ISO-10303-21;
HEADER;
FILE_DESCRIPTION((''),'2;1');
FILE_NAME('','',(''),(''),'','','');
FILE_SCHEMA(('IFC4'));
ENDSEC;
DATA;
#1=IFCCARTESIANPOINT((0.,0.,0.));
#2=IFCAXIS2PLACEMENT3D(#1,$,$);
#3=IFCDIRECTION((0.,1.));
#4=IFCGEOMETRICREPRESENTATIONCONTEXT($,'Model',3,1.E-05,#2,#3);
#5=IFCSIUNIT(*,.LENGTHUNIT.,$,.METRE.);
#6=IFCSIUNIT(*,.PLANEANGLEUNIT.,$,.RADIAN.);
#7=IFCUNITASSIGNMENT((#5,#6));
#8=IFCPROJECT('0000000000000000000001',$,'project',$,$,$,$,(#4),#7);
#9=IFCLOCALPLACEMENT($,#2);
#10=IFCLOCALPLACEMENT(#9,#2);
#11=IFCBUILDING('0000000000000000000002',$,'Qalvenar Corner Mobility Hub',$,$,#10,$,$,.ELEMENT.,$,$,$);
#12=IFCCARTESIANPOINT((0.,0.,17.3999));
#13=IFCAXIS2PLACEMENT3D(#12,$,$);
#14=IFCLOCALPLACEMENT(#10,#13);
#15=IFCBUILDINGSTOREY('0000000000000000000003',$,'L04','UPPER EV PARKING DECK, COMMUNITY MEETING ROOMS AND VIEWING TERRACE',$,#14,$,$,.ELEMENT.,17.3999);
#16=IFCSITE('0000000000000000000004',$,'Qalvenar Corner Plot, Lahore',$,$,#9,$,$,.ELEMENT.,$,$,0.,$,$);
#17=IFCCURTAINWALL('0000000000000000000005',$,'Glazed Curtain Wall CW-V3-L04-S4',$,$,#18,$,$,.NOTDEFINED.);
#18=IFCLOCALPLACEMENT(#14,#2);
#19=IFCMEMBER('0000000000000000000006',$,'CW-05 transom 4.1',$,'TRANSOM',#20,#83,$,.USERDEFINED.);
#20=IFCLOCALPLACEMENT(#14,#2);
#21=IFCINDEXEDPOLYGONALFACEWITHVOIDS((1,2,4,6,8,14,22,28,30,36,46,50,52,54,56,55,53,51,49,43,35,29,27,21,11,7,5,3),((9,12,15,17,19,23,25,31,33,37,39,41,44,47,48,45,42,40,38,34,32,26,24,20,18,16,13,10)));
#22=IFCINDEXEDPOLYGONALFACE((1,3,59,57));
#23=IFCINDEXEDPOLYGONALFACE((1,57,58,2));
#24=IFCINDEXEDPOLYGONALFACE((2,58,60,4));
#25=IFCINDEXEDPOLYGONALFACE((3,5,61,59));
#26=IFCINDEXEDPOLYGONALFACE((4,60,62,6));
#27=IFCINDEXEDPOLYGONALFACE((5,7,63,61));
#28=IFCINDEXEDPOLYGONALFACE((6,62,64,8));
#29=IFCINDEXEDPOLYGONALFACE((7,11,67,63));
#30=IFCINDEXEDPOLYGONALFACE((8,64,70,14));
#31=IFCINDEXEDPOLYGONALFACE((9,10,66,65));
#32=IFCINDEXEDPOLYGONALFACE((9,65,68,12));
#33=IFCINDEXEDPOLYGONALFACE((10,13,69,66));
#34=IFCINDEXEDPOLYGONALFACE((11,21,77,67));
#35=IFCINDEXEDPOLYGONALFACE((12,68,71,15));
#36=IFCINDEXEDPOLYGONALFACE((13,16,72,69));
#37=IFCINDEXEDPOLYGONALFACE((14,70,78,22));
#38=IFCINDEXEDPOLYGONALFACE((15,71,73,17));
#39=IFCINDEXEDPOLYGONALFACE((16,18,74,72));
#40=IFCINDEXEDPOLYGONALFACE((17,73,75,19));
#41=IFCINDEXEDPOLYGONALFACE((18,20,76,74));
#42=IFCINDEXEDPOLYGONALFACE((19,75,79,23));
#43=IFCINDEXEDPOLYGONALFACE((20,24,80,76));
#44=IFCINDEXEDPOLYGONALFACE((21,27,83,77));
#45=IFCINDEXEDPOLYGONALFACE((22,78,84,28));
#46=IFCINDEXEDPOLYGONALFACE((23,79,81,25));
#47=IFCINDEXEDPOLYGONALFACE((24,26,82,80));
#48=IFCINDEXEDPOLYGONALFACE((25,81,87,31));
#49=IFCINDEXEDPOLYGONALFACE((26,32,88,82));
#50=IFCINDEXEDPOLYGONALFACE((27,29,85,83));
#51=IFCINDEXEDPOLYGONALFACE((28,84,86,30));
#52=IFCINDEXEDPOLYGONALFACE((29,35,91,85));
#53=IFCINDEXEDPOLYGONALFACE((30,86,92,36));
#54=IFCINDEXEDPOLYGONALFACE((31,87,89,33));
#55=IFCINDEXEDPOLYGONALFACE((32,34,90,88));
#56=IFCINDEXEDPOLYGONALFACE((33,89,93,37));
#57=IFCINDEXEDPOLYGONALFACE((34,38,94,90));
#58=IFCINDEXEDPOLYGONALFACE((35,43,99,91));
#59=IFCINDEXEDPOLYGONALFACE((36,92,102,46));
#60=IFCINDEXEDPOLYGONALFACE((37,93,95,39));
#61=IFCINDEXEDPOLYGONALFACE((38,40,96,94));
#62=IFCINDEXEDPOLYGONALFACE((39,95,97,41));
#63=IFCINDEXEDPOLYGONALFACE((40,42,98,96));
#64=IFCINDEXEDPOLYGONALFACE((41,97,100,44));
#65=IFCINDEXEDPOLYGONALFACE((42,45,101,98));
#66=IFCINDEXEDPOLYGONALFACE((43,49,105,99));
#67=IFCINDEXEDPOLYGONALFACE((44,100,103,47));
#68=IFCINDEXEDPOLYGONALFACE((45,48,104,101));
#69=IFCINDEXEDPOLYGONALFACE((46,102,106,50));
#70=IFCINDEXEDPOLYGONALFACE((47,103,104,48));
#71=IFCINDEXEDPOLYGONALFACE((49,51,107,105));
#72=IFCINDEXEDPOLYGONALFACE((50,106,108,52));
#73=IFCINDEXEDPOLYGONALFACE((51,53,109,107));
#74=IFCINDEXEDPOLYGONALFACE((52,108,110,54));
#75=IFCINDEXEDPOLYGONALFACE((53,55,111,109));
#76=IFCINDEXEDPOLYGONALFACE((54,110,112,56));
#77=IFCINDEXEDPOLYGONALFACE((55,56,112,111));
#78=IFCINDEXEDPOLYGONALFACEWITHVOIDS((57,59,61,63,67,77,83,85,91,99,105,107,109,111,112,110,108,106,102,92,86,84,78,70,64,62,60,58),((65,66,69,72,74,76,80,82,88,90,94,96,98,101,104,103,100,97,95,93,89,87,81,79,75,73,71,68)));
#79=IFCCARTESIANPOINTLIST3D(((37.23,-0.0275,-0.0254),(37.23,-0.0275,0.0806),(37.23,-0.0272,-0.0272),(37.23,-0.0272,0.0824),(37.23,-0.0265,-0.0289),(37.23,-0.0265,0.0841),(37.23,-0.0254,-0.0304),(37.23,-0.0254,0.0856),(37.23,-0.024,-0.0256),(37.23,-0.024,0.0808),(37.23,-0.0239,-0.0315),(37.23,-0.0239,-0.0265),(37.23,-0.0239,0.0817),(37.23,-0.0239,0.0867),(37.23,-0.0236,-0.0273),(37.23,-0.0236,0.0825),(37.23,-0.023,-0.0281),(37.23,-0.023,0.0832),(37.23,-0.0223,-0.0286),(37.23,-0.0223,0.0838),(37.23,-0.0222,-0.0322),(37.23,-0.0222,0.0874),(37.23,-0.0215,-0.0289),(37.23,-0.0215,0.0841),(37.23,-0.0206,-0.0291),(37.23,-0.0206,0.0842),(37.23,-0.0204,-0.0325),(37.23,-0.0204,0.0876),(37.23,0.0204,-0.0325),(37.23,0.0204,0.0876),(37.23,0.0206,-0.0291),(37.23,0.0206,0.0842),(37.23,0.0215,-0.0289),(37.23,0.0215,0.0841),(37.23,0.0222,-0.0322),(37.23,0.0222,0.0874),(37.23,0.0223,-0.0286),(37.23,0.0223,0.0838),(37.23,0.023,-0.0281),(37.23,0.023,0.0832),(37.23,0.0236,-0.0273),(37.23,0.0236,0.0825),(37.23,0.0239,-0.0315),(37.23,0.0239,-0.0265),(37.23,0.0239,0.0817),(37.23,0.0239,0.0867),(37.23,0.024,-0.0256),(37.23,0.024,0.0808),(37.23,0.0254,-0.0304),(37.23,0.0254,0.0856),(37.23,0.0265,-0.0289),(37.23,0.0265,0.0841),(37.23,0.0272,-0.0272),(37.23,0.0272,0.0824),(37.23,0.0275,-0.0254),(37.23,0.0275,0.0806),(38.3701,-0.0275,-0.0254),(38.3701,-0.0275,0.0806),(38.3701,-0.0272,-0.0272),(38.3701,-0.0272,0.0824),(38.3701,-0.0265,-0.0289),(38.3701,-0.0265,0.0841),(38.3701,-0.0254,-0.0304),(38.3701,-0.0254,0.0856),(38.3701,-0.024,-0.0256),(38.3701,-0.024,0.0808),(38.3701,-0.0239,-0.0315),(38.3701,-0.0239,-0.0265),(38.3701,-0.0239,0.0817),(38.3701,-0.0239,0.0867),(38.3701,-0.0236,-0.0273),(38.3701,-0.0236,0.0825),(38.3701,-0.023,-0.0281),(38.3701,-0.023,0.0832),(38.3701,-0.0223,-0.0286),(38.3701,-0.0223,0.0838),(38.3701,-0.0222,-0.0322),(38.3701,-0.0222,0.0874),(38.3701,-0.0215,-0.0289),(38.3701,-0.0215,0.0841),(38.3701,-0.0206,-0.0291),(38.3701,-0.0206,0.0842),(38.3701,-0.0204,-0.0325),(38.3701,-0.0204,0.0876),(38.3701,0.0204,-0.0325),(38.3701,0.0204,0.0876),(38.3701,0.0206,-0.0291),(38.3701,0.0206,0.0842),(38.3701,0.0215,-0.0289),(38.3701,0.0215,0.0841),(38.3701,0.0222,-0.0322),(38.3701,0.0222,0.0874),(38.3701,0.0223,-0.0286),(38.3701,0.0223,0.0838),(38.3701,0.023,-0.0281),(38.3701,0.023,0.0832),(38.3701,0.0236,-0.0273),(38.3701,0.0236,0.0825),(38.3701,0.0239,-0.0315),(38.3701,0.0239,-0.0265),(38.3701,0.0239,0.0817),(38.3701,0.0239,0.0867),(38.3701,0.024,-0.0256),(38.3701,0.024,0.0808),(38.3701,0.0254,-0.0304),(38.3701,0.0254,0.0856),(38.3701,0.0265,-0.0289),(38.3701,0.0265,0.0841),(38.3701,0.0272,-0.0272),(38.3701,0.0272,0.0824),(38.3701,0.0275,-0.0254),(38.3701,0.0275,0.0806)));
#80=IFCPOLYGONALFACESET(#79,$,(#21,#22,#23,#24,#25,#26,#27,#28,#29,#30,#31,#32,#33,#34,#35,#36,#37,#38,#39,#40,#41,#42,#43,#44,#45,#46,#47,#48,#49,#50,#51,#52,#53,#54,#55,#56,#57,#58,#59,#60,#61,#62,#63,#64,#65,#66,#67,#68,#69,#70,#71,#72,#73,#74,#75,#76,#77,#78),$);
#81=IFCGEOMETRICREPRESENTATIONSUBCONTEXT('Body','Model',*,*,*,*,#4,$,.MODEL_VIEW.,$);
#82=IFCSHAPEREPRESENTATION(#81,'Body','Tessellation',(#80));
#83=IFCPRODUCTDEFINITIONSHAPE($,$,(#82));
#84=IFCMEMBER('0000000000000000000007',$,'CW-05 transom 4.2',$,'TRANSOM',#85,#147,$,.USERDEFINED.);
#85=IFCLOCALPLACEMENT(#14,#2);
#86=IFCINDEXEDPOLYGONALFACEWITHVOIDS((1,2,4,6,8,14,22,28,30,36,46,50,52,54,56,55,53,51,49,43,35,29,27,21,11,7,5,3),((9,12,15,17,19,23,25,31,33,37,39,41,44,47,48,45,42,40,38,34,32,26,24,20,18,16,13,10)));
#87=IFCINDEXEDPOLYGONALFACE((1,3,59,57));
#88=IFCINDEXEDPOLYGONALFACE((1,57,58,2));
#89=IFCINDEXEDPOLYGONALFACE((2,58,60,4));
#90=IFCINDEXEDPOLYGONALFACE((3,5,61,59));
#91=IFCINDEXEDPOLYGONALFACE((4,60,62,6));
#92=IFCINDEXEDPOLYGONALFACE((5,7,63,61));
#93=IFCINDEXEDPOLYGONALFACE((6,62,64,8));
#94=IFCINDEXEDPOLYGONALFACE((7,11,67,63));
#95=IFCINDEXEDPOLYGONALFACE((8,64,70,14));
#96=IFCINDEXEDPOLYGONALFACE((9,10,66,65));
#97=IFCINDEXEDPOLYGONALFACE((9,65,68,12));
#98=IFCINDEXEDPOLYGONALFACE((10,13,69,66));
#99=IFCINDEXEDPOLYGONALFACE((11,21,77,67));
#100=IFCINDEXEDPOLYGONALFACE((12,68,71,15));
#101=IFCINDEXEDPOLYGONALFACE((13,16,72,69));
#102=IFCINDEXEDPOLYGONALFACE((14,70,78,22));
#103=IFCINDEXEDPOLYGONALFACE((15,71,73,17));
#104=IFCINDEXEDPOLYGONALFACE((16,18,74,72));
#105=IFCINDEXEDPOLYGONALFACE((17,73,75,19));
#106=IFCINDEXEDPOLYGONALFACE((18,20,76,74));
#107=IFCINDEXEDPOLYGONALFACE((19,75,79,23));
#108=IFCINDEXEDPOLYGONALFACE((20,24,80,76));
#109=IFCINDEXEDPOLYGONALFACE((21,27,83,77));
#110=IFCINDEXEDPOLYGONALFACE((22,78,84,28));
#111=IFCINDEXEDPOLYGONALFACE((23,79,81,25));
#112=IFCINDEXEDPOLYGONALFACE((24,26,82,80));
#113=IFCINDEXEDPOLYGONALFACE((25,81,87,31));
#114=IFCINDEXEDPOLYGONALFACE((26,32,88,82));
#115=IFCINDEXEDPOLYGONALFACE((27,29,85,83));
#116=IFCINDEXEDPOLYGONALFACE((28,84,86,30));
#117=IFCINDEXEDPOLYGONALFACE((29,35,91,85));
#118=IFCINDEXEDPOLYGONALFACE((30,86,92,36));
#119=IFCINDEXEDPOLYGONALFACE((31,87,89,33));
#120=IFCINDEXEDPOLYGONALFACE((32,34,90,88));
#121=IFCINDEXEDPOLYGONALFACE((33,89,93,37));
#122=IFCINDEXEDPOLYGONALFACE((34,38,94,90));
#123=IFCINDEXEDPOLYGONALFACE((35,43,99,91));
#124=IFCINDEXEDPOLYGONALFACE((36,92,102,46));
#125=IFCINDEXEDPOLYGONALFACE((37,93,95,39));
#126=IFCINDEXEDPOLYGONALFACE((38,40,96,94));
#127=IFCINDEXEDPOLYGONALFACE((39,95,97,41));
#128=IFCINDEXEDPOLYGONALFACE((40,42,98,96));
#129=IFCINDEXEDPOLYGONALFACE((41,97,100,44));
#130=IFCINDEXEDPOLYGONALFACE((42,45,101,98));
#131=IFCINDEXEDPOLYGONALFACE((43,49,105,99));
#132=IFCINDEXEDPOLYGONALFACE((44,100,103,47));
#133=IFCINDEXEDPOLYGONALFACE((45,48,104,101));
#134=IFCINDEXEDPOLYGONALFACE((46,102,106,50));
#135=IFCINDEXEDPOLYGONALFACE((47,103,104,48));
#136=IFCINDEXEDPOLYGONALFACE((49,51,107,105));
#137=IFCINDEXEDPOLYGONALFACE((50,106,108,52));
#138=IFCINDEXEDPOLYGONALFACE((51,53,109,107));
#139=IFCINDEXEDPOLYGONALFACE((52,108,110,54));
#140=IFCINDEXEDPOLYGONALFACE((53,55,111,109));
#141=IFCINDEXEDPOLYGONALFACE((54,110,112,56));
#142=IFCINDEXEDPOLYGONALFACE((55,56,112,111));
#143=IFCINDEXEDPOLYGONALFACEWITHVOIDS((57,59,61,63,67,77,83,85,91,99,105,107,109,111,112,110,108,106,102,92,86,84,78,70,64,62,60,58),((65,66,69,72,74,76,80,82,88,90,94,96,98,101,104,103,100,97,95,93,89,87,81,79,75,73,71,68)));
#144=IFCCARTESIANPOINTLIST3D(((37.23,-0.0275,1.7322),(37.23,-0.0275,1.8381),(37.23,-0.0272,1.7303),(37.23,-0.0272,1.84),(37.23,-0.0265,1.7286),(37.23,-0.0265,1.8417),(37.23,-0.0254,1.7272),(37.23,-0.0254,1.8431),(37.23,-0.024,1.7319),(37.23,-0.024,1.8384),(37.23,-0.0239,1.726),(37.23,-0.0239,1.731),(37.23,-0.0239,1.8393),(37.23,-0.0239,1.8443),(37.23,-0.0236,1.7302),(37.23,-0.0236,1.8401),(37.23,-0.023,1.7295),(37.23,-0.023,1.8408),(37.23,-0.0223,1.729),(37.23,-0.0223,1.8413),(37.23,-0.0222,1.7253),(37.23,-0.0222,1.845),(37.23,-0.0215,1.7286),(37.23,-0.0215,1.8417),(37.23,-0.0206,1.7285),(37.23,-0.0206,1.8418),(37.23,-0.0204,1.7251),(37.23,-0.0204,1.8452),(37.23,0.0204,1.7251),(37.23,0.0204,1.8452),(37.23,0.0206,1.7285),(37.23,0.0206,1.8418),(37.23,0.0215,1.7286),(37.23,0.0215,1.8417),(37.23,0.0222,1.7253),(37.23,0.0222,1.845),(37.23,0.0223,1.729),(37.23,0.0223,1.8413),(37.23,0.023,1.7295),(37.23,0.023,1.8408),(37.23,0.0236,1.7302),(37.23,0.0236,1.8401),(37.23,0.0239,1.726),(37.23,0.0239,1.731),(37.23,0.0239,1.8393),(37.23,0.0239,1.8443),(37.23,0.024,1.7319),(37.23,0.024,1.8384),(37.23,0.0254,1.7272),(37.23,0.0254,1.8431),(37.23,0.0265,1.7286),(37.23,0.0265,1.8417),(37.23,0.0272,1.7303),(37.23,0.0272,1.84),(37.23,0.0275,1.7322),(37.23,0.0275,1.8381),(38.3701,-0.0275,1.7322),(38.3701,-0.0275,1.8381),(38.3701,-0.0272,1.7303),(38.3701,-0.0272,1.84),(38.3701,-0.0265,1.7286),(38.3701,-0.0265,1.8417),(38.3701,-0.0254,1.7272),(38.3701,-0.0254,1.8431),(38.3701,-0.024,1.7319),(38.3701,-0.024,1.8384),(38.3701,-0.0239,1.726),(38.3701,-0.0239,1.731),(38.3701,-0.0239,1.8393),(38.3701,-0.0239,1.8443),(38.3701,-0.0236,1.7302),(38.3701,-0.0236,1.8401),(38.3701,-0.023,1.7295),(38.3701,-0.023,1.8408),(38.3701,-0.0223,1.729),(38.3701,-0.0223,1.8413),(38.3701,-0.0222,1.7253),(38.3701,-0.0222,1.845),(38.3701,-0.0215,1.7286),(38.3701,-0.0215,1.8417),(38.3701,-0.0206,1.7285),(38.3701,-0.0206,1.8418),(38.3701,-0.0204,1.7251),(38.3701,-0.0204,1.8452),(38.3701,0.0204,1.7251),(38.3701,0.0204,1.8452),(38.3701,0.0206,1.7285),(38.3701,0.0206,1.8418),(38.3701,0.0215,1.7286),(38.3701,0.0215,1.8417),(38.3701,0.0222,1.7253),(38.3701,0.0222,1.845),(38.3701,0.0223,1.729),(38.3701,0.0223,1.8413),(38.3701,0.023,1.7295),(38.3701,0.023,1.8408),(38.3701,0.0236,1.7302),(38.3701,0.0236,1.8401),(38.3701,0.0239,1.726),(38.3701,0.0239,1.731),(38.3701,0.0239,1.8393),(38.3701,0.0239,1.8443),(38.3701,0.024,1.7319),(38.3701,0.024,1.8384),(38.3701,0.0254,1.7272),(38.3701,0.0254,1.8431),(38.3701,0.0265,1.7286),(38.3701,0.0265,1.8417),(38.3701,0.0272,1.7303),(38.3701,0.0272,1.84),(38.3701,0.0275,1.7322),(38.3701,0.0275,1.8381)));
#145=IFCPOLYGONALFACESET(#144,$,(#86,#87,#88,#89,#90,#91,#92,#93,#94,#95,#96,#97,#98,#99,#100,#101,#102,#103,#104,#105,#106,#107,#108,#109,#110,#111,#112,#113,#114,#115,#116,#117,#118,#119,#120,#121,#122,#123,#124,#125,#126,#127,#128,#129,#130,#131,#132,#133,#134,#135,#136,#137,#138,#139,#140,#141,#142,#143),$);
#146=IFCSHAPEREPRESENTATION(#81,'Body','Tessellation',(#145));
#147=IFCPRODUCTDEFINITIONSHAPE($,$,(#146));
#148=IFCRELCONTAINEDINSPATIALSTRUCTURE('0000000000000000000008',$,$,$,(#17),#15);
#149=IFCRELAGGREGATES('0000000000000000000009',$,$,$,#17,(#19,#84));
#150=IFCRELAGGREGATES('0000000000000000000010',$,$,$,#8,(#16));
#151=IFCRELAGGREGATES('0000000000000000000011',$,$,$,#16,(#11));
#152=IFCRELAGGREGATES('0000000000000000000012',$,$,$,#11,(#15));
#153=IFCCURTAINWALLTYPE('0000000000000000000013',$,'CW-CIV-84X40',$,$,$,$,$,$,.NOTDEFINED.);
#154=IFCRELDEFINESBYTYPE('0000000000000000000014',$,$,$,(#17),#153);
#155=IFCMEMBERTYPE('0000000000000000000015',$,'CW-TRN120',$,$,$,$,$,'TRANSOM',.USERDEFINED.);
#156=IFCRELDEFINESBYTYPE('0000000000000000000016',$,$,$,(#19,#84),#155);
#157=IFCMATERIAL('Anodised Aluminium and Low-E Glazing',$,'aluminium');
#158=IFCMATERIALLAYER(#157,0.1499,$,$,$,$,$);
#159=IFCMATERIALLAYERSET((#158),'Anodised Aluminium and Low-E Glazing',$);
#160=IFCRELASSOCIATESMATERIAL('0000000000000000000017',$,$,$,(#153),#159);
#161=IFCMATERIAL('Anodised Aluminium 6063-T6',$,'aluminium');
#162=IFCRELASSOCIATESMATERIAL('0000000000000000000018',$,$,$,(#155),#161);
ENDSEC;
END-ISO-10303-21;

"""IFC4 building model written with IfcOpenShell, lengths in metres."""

from ifc_helpers import new_model, si_unit, direction, frame, origin, origin_2d, place, context, subcontext, project, spatial, hollow_rectangle, extrude, material, layer, layer_set, material_profile, profile_set, type_object, element, aggregate, save


model = new_model("IFC4")

# Units and contexts
model_context = context("Model", 3, precision=1e-05, world=origin(), true_north=direction((0.0, 1.0)))
body_context = subcontext(model_context, "Body", "Model", "MODEL_VIEW")
ifc_project = project(units=[si_unit("LENGTHUNIT", "METRE"), si_unit("PLANEANGLEUNIT", "RADIAN")], contexts=[model_context])

# Site, building, storey
site_placement = place(None, origin())
site = spatial("IfcSite", under=ifc_project, at=site_placement, Name="Qalvenar Corner Plot, Lahore", CompositionType="ELEMENT", RefElevation=0.0)
building_placement = place(site_placement, origin())
building = spatial("IfcBuilding", under=site, at=building_placement, Name="Qalvenar Corner Mobility Hub", CompositionType="ELEMENT")
storey_placement = place(building_placement, frame((0.0, 0.0, 17.3999)))
storey = spatial("IfcBuildingStorey", under=building, at=storey_placement, Name="L04", Description="UPPER EV PARKING DECK, COMMUNITY MEETING ROOMS AND VIEWING TERRACE", CompositionType="ELEMENT", Elevation=17.3999)

# Curtain wall, members
ifc_material_1 = material(Name="Anodised Aluminium and Low-E Glazing", Category="aluminium")
ifc_layer_1 = layer(ifc_material_1, 0.1499)
ifc_layer_set_1 = layer_set([ifc_layer_1], Name="Anodised Aluminium and Low-E Glazing")
curtain_wall_type = type_object("IfcCurtainWallType", Name="CW-CIV-84X40", PredefinedType="NOTDEFINED", material=ifc_layer_set_1)
curtain_wall_placement = place(storey_placement, origin())
curtain_wall = element("IfcCurtainWall", 1, at=curtain_wall_placement, inside=storey, type_object=curtain_wall_type, Name="Glazed Curtain Wall CW-V3-L04-S4", PredefinedType="NOTDEFINED")
ifc_material_2 = material(Name="Anodised Aluminium 6063-T6", Category="aluminium")
ifc_material_profile_1 = material_profile(ifc_material_2, hollow_rectangle(XDim=0.0549, YDim=0.1201, WallThickness=0.0034, InnerFilletRadius=0.0034, OuterFilletRadius=0.0071, at=origin_2d()), Name="RHS120x55x3.5")
ifc_profile_set_1 = profile_set([ifc_material_profile_1], Name="Anodised Aluminium 6063-T6")
member_type_1 = type_object("IfcMemberType", Name="CW-TRN120", ElementType="TRANSOM", PredefinedType="USERDEFINED", material=ifc_profile_set_1)
member_1_placement = place(storey_placement, frame((37.23, 0.0, 0.0276), z_axis=(1.0, 0.0, 0.0), x_axis=(0.0, 1.0, 0.0)))
member_1 = element("IfcMember", 2, at=member_1_placement, type_object=member_type_1, Name="CW-05 transom 4.1", ObjectType="TRANSOM", PredefinedType="USERDEFINED", context=body_context, shape_type="SweptSolid", body=[
    extrude(hollow_rectangle(XDim=0.0549, YDim=0.1201, WallThickness=0.0034, InnerFilletRadius=0.0034, OuterFilletRadius=0.0071, at=origin_2d()), origin(), (0.0, 0.0, 1.0), 1.1401),
])
member_2_placement = place(storey_placement, frame((37.23, 0.0, 1.7852), z_axis=(1.0, 0.0, 0.0), x_axis=(0.0, 1.0, 0.0)))
member_2 = element("IfcMember", 3, at=member_2_placement, type_object=member_type_1, Name="CW-05 transom 4.2", ObjectType="TRANSOM", PredefinedType="USERDEFINED", context=body_context, shape_type="SweptSolid", body=[
    extrude(hollow_rectangle(XDim=0.0549, YDim=0.1201, WallThickness=0.0034, InnerFilletRadius=0.0034, OuterFilletRadius=0.0071, at=origin_2d()), origin(), (0.0, 0.0, 1.0), 1.1401),
])
aggregate(curtain_wall, [member_1, member_2])

save(model, "model.ifc")
